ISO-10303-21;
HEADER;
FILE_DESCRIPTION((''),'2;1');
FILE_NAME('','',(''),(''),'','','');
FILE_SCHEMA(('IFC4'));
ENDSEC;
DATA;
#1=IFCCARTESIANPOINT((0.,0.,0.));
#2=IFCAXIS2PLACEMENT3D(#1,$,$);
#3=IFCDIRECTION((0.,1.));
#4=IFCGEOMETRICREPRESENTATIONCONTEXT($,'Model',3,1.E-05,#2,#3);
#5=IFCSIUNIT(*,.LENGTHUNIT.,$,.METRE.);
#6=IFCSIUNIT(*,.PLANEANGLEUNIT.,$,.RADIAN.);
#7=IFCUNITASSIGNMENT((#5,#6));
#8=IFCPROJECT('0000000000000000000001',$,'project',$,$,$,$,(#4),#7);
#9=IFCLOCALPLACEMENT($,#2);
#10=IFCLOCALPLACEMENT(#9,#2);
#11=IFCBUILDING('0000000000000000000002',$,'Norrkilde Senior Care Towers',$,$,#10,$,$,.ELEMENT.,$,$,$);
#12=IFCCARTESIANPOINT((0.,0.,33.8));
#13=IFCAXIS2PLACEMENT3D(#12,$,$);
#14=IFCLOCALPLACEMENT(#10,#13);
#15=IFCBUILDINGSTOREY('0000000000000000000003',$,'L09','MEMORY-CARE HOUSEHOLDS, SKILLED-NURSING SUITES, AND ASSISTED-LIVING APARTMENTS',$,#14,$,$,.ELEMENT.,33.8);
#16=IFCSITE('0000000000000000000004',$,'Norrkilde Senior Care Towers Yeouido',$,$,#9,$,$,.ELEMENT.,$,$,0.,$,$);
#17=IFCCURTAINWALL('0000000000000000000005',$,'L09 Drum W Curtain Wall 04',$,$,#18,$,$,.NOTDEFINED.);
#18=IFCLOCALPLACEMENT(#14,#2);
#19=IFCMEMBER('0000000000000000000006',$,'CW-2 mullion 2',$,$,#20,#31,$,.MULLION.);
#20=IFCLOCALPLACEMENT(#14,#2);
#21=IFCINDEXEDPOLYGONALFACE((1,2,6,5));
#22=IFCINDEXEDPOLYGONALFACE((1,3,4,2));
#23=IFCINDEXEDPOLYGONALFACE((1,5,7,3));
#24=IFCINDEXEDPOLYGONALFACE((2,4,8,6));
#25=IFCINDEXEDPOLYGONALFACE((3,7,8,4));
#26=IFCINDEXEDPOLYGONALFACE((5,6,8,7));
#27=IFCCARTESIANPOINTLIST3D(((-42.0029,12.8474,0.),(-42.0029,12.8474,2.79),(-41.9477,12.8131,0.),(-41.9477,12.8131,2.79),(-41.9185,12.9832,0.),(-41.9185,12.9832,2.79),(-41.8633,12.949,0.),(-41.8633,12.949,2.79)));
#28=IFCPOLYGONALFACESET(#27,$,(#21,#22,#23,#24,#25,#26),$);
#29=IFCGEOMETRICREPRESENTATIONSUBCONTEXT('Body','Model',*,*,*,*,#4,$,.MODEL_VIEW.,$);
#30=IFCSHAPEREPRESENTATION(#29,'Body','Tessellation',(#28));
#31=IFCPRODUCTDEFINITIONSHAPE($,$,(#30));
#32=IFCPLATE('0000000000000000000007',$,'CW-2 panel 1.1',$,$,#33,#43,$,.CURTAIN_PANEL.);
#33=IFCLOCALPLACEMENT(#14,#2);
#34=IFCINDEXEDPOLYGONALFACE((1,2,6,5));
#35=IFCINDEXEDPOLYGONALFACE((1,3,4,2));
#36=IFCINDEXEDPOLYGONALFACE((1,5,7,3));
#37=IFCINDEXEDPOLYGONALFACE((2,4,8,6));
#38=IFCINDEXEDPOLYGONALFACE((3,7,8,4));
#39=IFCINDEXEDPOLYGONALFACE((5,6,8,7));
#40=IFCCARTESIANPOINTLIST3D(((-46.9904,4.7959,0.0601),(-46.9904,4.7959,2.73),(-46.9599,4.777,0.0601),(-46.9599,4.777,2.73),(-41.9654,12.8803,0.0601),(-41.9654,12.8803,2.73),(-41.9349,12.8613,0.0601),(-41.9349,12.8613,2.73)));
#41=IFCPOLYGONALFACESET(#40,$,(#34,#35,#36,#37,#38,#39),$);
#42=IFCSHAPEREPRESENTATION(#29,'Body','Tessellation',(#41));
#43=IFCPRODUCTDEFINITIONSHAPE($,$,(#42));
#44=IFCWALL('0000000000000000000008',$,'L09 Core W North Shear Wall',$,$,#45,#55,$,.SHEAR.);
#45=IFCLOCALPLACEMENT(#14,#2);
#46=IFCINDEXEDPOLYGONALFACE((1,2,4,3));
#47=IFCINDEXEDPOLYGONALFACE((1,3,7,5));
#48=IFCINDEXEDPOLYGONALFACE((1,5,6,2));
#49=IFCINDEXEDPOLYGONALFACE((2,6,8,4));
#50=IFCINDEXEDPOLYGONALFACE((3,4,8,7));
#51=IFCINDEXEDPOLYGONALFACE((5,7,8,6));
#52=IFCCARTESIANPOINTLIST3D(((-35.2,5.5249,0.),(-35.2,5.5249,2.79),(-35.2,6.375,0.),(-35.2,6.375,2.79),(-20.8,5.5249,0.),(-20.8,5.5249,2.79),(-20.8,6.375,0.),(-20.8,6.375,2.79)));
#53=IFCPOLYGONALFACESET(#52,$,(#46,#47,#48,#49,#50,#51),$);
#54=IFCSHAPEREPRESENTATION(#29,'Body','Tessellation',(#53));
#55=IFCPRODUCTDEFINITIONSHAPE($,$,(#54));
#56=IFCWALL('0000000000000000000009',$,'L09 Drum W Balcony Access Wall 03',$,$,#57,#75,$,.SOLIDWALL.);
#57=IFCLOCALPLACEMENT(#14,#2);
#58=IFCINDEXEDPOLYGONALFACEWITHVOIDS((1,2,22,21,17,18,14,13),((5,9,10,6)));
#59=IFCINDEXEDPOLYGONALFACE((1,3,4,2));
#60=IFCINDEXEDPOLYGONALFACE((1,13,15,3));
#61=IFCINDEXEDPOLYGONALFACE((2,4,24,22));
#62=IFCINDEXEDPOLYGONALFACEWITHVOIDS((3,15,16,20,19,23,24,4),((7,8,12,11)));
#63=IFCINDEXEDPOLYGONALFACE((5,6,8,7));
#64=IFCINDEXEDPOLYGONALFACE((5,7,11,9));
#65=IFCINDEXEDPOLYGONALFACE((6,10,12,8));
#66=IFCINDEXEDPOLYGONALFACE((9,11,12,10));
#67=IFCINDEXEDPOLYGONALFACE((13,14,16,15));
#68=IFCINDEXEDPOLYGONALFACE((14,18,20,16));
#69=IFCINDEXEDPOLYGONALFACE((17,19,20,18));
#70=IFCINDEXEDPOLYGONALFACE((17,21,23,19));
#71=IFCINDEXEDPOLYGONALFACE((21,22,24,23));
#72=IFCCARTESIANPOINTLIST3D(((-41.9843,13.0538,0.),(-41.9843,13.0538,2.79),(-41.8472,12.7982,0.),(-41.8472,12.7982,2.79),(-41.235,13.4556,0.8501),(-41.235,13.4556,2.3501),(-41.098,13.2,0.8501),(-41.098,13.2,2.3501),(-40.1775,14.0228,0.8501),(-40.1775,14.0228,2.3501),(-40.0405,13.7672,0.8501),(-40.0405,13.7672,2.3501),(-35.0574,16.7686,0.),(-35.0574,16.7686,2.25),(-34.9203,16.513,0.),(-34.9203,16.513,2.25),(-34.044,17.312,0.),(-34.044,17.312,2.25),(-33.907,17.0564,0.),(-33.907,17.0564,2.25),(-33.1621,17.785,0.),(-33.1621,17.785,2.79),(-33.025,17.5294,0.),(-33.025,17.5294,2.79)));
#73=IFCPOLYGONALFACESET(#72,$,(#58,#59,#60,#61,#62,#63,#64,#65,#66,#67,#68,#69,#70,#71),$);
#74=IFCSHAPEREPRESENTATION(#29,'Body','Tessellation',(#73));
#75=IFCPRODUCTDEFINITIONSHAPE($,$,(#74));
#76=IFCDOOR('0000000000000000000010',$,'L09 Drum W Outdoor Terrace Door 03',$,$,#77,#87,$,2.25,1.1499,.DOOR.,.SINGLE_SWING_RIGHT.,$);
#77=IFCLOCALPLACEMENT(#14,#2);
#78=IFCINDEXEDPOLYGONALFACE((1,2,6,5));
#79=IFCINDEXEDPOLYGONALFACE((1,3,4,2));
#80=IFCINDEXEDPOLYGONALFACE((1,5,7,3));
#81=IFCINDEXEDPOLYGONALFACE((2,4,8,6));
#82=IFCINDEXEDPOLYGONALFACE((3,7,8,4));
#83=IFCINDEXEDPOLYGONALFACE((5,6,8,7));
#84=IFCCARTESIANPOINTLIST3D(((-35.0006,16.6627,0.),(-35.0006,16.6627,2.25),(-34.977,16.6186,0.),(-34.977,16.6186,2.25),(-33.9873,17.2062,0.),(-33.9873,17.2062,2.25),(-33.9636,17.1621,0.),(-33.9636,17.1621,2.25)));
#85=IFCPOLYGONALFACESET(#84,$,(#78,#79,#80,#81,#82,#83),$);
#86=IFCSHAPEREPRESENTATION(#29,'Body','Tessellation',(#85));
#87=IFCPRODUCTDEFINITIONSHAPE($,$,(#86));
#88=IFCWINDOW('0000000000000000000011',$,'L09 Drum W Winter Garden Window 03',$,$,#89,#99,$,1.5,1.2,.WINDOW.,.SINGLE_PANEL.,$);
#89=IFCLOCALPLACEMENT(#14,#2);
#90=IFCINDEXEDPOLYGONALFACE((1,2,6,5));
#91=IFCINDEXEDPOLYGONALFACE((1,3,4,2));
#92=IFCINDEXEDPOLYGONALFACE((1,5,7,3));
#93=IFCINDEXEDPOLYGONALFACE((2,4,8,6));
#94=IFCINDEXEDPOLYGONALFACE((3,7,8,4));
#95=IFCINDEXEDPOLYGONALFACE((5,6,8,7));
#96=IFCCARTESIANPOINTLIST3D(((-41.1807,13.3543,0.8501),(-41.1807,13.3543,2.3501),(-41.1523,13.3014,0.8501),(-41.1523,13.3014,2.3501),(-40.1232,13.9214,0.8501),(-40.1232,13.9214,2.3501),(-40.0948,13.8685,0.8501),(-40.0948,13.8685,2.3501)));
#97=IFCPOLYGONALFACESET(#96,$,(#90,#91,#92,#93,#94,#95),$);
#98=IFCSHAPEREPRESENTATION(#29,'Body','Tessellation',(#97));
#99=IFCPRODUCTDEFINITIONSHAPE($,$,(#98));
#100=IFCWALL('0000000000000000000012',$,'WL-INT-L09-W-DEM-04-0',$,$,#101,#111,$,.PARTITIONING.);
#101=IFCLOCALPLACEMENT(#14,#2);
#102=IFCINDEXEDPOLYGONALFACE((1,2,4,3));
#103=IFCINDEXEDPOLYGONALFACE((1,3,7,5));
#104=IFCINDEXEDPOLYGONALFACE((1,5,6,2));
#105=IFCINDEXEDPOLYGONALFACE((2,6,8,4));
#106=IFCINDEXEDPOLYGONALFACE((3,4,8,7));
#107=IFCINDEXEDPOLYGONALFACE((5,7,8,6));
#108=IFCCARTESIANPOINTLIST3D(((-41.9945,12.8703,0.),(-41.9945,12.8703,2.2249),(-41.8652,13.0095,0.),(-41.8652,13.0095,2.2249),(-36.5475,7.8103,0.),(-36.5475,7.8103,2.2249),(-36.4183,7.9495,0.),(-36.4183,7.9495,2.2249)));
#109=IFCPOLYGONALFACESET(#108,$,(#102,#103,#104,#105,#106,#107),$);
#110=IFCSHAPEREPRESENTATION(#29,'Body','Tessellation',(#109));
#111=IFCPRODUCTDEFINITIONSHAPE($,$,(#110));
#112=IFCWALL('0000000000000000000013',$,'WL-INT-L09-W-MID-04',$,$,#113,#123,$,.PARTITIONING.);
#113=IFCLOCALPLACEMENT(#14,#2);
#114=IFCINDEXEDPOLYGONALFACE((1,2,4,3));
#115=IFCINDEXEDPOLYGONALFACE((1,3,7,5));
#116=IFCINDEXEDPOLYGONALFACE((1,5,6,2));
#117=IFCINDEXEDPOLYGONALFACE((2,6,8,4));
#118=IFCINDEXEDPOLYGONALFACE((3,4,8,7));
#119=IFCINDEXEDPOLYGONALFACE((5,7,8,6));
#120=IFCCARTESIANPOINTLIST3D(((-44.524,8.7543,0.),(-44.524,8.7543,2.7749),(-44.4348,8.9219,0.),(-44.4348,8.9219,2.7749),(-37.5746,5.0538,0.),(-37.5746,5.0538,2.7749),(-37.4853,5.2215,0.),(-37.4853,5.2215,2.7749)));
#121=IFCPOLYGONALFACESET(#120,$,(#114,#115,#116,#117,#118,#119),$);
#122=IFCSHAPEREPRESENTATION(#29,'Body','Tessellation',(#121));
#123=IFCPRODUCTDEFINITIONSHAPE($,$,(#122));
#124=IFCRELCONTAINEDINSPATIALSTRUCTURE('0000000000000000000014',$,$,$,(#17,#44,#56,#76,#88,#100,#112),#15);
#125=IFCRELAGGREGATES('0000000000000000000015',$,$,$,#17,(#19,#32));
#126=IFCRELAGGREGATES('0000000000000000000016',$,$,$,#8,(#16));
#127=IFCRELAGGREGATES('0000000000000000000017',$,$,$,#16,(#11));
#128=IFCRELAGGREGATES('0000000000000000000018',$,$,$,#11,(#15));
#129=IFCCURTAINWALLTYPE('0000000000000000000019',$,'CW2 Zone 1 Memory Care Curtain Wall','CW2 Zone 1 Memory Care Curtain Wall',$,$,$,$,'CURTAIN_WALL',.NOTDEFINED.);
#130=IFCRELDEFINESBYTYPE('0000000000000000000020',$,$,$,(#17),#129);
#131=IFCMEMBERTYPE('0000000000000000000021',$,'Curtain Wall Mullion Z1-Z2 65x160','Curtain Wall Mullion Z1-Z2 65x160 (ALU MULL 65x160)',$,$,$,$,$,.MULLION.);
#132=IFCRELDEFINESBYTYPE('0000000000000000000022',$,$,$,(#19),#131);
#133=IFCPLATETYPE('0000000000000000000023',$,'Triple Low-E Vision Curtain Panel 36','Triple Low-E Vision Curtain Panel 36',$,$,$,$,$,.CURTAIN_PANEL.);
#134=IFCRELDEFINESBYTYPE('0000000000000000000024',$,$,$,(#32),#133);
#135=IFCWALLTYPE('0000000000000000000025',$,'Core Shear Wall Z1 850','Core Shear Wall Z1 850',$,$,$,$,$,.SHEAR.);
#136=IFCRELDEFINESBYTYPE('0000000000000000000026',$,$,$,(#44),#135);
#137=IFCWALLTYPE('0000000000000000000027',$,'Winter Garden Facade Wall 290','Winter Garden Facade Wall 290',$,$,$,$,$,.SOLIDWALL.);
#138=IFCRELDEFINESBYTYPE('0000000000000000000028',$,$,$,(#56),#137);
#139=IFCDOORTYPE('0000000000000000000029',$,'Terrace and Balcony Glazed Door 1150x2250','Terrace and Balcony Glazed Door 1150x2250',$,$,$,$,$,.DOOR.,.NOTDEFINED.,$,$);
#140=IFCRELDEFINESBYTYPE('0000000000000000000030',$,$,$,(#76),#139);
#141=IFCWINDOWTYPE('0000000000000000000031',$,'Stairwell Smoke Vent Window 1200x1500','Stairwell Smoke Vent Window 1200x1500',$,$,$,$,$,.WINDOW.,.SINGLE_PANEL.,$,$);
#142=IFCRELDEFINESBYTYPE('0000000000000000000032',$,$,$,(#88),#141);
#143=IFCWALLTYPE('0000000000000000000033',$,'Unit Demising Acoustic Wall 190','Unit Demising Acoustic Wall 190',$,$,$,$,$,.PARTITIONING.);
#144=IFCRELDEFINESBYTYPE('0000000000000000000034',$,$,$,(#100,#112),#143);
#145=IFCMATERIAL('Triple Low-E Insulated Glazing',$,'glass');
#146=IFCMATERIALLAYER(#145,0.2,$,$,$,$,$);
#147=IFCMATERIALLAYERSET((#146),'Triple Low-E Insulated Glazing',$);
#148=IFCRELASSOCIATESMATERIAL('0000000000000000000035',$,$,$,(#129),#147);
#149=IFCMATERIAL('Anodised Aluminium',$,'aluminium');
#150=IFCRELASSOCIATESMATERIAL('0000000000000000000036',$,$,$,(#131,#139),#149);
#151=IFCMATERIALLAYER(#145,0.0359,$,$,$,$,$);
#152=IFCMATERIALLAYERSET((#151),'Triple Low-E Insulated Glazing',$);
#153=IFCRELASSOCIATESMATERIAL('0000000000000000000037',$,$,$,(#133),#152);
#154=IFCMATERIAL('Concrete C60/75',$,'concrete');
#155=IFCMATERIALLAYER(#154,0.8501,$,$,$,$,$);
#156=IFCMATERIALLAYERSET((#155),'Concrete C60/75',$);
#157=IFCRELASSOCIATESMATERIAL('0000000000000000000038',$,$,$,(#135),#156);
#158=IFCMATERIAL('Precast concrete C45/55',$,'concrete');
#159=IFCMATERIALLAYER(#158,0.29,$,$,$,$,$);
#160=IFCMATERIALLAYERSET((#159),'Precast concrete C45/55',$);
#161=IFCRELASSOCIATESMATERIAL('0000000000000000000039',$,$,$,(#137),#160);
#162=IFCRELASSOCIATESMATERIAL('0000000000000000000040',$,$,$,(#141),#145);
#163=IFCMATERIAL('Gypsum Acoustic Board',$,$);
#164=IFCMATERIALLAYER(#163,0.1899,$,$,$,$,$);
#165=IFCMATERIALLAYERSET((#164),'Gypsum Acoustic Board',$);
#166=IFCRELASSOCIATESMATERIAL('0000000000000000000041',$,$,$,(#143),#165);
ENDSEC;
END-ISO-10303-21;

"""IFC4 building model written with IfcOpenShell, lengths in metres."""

from ifc_helpers import new_model, si_unit, direction, frame, frame_2d, origin, origin_2d, place, context, subcontext, project, spatial, rectangle, extrude, source, transform, mapped, material, layer, layer_set, material_profile, profile_set, type_object, type_shapes, element, fill, aggregate, save


model = new_model("IFC4")

# Units and contexts
model_context = context("Model", 3, precision=1e-05, world=origin(), true_north=direction((0.0, 1.0)))
body_context = subcontext(model_context, "Body", "Model", "MODEL_VIEW")
ifc_project = project(units=[si_unit("LENGTHUNIT", "METRE"), si_unit("PLANEANGLEUNIT", "RADIAN")], contexts=[model_context])

# Site, building, storey
site_placement = place(None, origin())
site = spatial("IfcSite", under=ifc_project, at=site_placement, Name="Norrkilde Senior Care Towers Yeouido", CompositionType="ELEMENT", RefElevation=0.0)
building_placement = place(site_placement, origin())
building = spatial("IfcBuilding", under=site, at=building_placement, Name="Norrkilde Senior Care Towers", CompositionType="ELEMENT")
storey_placement = place(building_placement, frame((0.0, 0.0, 33.8)))
storey = spatial("IfcBuildingStorey", under=building, at=storey_placement, Name="L09", Description="MEMORY-CARE HOUSEHOLDS, SKILLED-NURSING SUITES, AND ASSISTED-LIVING APARTMENTS", CompositionType="ELEMENT", Elevation=33.8)

# Shared definitions
ifc_material_1 = material(Name="Concrete C60/75", Category="concrete")

# Curtain wall, member, plate
ifc_material_2 = material(Name="Triple Low-E Insulated Glazing", Category="glass")
ifc_layer_1 = layer(ifc_material_2, 0.2)
ifc_layer_set_1 = layer_set([ifc_layer_1], Name="Triple Low-E Insulated Glazing")
curtain_wall_type = type_object("IfcCurtainWallType", Name="CW2 Zone 1 Memory Care Curtain Wall", Description="CW2 Zone 1 Memory Care Curtain Wall", ElementType="CURTAIN_WALL", PredefinedType="NOTDEFINED", material=ifc_layer_set_1)
curtain_wall_placement = place(storey_placement, origin())
curtain_wall = element("IfcCurtainWall", 1, at=curtain_wall_placement, inside=storey, type_object=curtain_wall_type, Name="L09 Drum W Curtain Wall 04", PredefinedType="NOTDEFINED")
ifc_material_3 = material(Name="Anodised Aluminium", Category="aluminium")
ifc_material_profile_1 = material_profile(ifc_material_3, rectangle(XDim=0.0649, YDim=0.1599, at=origin_2d()), Name="ALU MULL 65x160")
ifc_profile_set_1 = profile_set([ifc_material_profile_1], Name="Anodised Aluminium")
member_type = type_object("IfcMemberType", Name="Curtain Wall Mullion Z1-Z2 65x160", Description="Curtain Wall Mullion Z1-Z2 65x160 (ALU MULL 65x160)", PredefinedType="MULLION", material=ifc_profile_set_1)
shared_shape_1 = source(origin(), body_context, "Body", "SweptSolid", [
    extrude(rectangle(XDim=0.0649, YDim=0.1599, at=origin_2d()), origin(), (0.0, 0.0, 1.0), 2.79),
])
type_shapes(member_type, [shared_shape_1])
member_placement = place(storey_placement, frame((-41.9331, 12.8982, 0.0), z_axis=(0.0, 0.0, 1.0), x_axis=(-0.849306, 0.527901, 0.0)))
member = element("IfcMember", 2, at=member_placement, type_object=member_type, Name="CW-2 mullion 2", PredefinedType="MULLION", context=body_context, shape_type="MappedRepresentation", body=[
    mapped(shared_shape_1, transform((0.0, 0.0, 0.0), x_axis=(1.0, 0.0, 0.0), y_axis=(0.0, 1.0, 0.0), z_axis=(0.0, 0.0, 1.0), scale=1.0)),
])
ifc_layer_2 = layer(ifc_material_2, 0.0359)
ifc_layer_set_2 = layer_set([ifc_layer_2], Name="Triple Low-E Insulated Glazing")
plate_type = type_object("IfcPlateType", Name="Triple Low-E Vision Curtain Panel 36", Description="Triple Low-E Vision Curtain Panel 36", PredefinedType="CURTAIN_PANEL", material=ifc_layer_set_2)
shared_shape_2 = source(origin(), body_context, "Body", "SweptSolid", [
    extrude(rectangle(XDim=9.5188, YDim=0.0359, at=origin_2d()), origin(), (0.0, 0.0, 1.0), 2.6699),
])
type_shapes(plate_type, [shared_shape_2])
plate_placement = place(storey_placement, frame((-44.4626, 8.8286, 0.0601), z_axis=(0.0, 0.0, 1.0), x_axis=(0.527901, 0.849306, 0.0)))
plate = element("IfcPlate", 3, at=plate_placement, type_object=plate_type, Name="CW-2 panel 1.1", PredefinedType="CURTAIN_PANEL", context=body_context, shape_type="MappedRepresentation", body=[
    mapped(shared_shape_2, transform((0.0, 0.0, 0.0), x_axis=(1.0, 0.0, 0.0), y_axis=(0.0, 1.0, 0.0), z_axis=(0.0, 0.0, 1.0), scale=1.0)),
])
aggregate(curtain_wall, [member, plate])

# Wall
ifc_layer_3 = layer(ifc_material_1, 0.8501)
ifc_layer_set_3 = layer_set([ifc_layer_3], Name="Concrete C60/75")
wall_type_1 = type_object("IfcWallType", Name="Core Shear Wall Z1 850", Description="Core Shear Wall Z1 850", PredefinedType="SHEAR", material=ifc_layer_set_3)
shared_shape_3 = source(origin(), body_context, "Body", "SweptSolid", [
    extrude(rectangle(XDim=14.3999, YDim=0.8501, at=frame_2d((7.2, 0.0))), origin(), (0.0, 0.0, 1.0), 2.79),
])
type_shapes(wall_type_1, [shared_shape_3])
wall_1_placement = place(storey_placement, frame((-35.2, 5.95, 0.0), z_axis=(0.0, 0.0, 1.0), x_axis=(1.0, 0.0, 0.0)))
element("IfcWall", 4, at=wall_1_placement, inside=storey, type_object=wall_type_1, Name="L09 Core W North Shear Wall", PredefinedType="SHEAR", context=body_context, shape_type="MappedRepresentation", body=[
    mapped(shared_shape_3, transform((0.0, 0.0, 0.0), x_axis=(1.0, 0.0, 0.0), y_axis=(0.0, 1.0, 0.0), z_axis=(0.0, 0.0, 1.0), scale=1.0)),
])

# Wall, openings, door, window
ifc_material_4 = material(Name="Precast concrete C45/55", Category="concrete")
ifc_layer_4 = layer(ifc_material_4, 0.29)
ifc_layer_set_4 = layer_set([ifc_layer_4], Name="Precast concrete C45/55")
wall_type_2 = type_object("IfcWallType", Name="Winter Garden Facade Wall 290", Description="Winter Garden Facade Wall 290", PredefinedType="SOLIDWALL", material=ifc_layer_set_4)
shared_shape_4 = source(origin(), body_context, "Body", "SweptSolid", [
    extrude(rectangle(XDim=10.0107, YDim=0.29, at=frame_2d((5.0054, 0.0))), origin(), (0.0, 0.0, 1.0), 2.79),
])
type_shapes(wall_type_2, [shared_shape_4])
wall_2_placement = place(storey_placement, frame((-41.9158, 12.926, 0.0), z_axis=(0.0, 0.0, 1.0), x_axis=(0.881273, 0.472608, 0.0)))
wall_2 = element("IfcWall", 5, at=wall_2_placement, inside=storey, type_object=wall_type_2, Name="L09 Drum W Balcony Access Wall 03", PredefinedType="SOLIDWALL", context=body_context, shape_type="MappedRepresentation", body=[
    mapped(shared_shape_4, transform((0.0, 0.0, 0.0), x_axis=(1.0, 0.0, 0.0), y_axis=(0.0, 1.0, 0.0), z_axis=(0.0, 0.0, 1.0), scale=1.0)),
])
opening_1_placement = place(wall_2_placement, frame((7.8601, 0.0, 0.0)))
opening_1 = element("IfcOpeningElement", 6, at=opening_1_placement, cuts=wall_2, PredefinedType="OPENING", context=body_context, shape_type="SweptSolid", body=[
    extrude(rectangle(XDim=1.1499, YDim=2.25, at=frame_2d((0.575, 1.125))), frame((0.0, 0.155, 0.0), z_axis=(0.0, -1.0, 0.0), x_axis=(1.0, 0.0, 0.0)), (0.0, 0.0, 1.0), 0.3101),
])
opening_2_placement = place(wall_2_placement, frame((0.8501, 0.0, 0.8501)))
opening_2 = element("IfcOpeningElement", 7, at=opening_2_placement, cuts=wall_2, PredefinedType="OPENING", context=body_context, shape_type="SweptSolid", body=[
    extrude(rectangle(XDim=1.2, YDim=1.5, at=frame_2d((0.6001, 0.75))), frame((0.0, 0.155, 0.0), z_axis=(0.0, -1.0, 0.0), x_axis=(1.0, 0.0, 0.0)), (0.0, 0.0, 1.0), 0.3101),
])
door_type_1 = type_object("IfcDoorType", Name="Terrace and Balcony Glazed Door 1150x2250", Description="Terrace and Balcony Glazed Door 1150x2250", OperationType="NOTDEFINED", PredefinedType="DOOR", material=ifc_material_3)
shared_shape_5 = source(origin(), body_context, "Body", "SweptSolid", [
    extrude(rectangle(XDim=1.1499, YDim=2.25, at=frame_2d((0.575, 1.125))), frame((0.0, 0.0249, 0.0), z_axis=(0.0, -1.0, 0.0), x_axis=(1.0, 0.0, 0.0)), (0.0, 0.0, 1.0), 0.05),
])
type_shapes(door_type_1, [shared_shape_5])
door_1_placement = place(opening_1_placement, origin())
door_1 = element("IfcDoor", 8, at=door_1_placement, inside=storey, type_object=door_type_1, Name="L09 Drum W Outdoor Terrace Door 03", OperationType="SINGLE_SWING_RIGHT", OverallHeight=2.25, OverallWidth=1.1499, PredefinedType="DOOR", context=body_context, shape_type="MappedRepresentation", body=[
    mapped(shared_shape_5, transform((0.0, 0.0, 0.0), x_axis=(1.0, 0.0, 0.0), y_axis=(0.0, 1.0, 0.0), z_axis=(0.0, 0.0, 1.0), scale=1.0)),
])
fill(opening_1, door_1)
window_type = type_object("IfcWindowType", Name="Stairwell Smoke Vent Window 1200x1500", Description="Stairwell Smoke Vent Window 1200x1500", PartitioningType="SINGLE_PANEL", PredefinedType="WINDOW", material=ifc_material_2)
shared_shape_6 = source(origin(), body_context, "Body", "SweptSolid", [
    extrude(rectangle(XDim=1.2, YDim=1.5, at=frame_2d((0.6001, 0.75))), frame((0.0, 0.03, 0.0), z_axis=(0.0, -1.0, 0.0), x_axis=(1.0, 0.0, 0.0)), (0.0, 0.0, 1.0), 0.0601),
])
type_shapes(window_type, [shared_shape_6])
window_placement = place(opening_2_placement, origin())
window = element("IfcWindow", 9, at=window_placement, inside=storey, type_object=window_type, Name="L09 Drum W Winter Garden Window 03", OverallHeight=1.5, OverallWidth=1.2, PartitioningType="SINGLE_PANEL", PredefinedType="WINDOW", context=body_context, shape_type="MappedRepresentation", body=[
    mapped(shared_shape_6, transform((0.0, 0.0, 0.0), x_axis=(1.0, 0.0, 0.0), y_axis=(0.0, 1.0, 0.0), z_axis=(0.0, 0.0, 1.0), scale=1.0)),
])
fill(opening_2, window)

# Shared definitions
ifc_material_5 = material(Name="Gypsum Acoustic Board")

# Walls
ifc_layer_5 = layer(ifc_material_5, 0.1899)
ifc_layer_set_5 = layer_set([ifc_layer_5], Name="Gypsum Acoustic Board")
wall_type_3 = type_object("IfcWallType", Name="Unit Demising Acoustic Wall 190", Description="Unit Demising Acoustic Wall 190", PredefinedType="PARTITIONING", material=ifc_layer_set_5)
shared_shape_7 = source(origin(), body_context, "Body", "SweptSolid", [
    extrude(rectangle(XDim=7.4346, YDim=0.1899, at=frame_2d((3.7173, 0.0))), origin(), (0.0, 0.0, 1.0), 2.2249),
])
wall_3_placement = place(storey_placement, frame((-36.4829, 7.8799, 0.0), z_axis=(0.0, 0.0, 1.0), x_axis=(-0.732652, 0.680603, 0.0)))
element("IfcWall", 10, at=wall_3_placement, inside=storey, type_object=wall_type_3, Name="WL-INT-L09-W-DEM-04-0", PredefinedType="PARTITIONING", context=body_context, shape_type="MappedRepresentation", body=[
    mapped(shared_shape_7, transform((0.0, 0.0, 0.0), x_axis=(1.0, 0.0, 0.0), y_axis=(0.0, 1.0, 0.0), z_axis=(0.0, 0.0, 1.0), scale=1.0)),
])
shared_shape_8 = source(origin(), body_context, "Body", "SweptSolid", [
    extrude(rectangle(XDim=7.8733, YDim=0.1899, at=frame_2d((3.9365, 0.0))), origin(), (0.0, 0.0, 1.0), 2.7749),
])
type_shapes(wall_type_3, [shared_shape_7, shared_shape_8])
wall_4_placement = place(storey_placement, frame((-37.53, 5.1377, 0.0), z_axis=(0.0, 0.0, 1.0), x_axis=(-0.882666, 0.470001, 0.0)))
element("IfcWall", 11, at=wall_4_placement, inside=storey, type_object=wall_type_3, Name="WL-INT-L09-W-MID-04", PredefinedType="PARTITIONING", context=body_context, shape_type="MappedRepresentation", body=[
    mapped(shared_shape_8, transform((0.0, 0.0, 0.0), x_axis=(1.0, 0.0, 0.0), y_axis=(0.0, 1.0, 0.0), z_axis=(0.0, 0.0, 1.0), scale=1.0)),
])

save(model, "model.ifc")
